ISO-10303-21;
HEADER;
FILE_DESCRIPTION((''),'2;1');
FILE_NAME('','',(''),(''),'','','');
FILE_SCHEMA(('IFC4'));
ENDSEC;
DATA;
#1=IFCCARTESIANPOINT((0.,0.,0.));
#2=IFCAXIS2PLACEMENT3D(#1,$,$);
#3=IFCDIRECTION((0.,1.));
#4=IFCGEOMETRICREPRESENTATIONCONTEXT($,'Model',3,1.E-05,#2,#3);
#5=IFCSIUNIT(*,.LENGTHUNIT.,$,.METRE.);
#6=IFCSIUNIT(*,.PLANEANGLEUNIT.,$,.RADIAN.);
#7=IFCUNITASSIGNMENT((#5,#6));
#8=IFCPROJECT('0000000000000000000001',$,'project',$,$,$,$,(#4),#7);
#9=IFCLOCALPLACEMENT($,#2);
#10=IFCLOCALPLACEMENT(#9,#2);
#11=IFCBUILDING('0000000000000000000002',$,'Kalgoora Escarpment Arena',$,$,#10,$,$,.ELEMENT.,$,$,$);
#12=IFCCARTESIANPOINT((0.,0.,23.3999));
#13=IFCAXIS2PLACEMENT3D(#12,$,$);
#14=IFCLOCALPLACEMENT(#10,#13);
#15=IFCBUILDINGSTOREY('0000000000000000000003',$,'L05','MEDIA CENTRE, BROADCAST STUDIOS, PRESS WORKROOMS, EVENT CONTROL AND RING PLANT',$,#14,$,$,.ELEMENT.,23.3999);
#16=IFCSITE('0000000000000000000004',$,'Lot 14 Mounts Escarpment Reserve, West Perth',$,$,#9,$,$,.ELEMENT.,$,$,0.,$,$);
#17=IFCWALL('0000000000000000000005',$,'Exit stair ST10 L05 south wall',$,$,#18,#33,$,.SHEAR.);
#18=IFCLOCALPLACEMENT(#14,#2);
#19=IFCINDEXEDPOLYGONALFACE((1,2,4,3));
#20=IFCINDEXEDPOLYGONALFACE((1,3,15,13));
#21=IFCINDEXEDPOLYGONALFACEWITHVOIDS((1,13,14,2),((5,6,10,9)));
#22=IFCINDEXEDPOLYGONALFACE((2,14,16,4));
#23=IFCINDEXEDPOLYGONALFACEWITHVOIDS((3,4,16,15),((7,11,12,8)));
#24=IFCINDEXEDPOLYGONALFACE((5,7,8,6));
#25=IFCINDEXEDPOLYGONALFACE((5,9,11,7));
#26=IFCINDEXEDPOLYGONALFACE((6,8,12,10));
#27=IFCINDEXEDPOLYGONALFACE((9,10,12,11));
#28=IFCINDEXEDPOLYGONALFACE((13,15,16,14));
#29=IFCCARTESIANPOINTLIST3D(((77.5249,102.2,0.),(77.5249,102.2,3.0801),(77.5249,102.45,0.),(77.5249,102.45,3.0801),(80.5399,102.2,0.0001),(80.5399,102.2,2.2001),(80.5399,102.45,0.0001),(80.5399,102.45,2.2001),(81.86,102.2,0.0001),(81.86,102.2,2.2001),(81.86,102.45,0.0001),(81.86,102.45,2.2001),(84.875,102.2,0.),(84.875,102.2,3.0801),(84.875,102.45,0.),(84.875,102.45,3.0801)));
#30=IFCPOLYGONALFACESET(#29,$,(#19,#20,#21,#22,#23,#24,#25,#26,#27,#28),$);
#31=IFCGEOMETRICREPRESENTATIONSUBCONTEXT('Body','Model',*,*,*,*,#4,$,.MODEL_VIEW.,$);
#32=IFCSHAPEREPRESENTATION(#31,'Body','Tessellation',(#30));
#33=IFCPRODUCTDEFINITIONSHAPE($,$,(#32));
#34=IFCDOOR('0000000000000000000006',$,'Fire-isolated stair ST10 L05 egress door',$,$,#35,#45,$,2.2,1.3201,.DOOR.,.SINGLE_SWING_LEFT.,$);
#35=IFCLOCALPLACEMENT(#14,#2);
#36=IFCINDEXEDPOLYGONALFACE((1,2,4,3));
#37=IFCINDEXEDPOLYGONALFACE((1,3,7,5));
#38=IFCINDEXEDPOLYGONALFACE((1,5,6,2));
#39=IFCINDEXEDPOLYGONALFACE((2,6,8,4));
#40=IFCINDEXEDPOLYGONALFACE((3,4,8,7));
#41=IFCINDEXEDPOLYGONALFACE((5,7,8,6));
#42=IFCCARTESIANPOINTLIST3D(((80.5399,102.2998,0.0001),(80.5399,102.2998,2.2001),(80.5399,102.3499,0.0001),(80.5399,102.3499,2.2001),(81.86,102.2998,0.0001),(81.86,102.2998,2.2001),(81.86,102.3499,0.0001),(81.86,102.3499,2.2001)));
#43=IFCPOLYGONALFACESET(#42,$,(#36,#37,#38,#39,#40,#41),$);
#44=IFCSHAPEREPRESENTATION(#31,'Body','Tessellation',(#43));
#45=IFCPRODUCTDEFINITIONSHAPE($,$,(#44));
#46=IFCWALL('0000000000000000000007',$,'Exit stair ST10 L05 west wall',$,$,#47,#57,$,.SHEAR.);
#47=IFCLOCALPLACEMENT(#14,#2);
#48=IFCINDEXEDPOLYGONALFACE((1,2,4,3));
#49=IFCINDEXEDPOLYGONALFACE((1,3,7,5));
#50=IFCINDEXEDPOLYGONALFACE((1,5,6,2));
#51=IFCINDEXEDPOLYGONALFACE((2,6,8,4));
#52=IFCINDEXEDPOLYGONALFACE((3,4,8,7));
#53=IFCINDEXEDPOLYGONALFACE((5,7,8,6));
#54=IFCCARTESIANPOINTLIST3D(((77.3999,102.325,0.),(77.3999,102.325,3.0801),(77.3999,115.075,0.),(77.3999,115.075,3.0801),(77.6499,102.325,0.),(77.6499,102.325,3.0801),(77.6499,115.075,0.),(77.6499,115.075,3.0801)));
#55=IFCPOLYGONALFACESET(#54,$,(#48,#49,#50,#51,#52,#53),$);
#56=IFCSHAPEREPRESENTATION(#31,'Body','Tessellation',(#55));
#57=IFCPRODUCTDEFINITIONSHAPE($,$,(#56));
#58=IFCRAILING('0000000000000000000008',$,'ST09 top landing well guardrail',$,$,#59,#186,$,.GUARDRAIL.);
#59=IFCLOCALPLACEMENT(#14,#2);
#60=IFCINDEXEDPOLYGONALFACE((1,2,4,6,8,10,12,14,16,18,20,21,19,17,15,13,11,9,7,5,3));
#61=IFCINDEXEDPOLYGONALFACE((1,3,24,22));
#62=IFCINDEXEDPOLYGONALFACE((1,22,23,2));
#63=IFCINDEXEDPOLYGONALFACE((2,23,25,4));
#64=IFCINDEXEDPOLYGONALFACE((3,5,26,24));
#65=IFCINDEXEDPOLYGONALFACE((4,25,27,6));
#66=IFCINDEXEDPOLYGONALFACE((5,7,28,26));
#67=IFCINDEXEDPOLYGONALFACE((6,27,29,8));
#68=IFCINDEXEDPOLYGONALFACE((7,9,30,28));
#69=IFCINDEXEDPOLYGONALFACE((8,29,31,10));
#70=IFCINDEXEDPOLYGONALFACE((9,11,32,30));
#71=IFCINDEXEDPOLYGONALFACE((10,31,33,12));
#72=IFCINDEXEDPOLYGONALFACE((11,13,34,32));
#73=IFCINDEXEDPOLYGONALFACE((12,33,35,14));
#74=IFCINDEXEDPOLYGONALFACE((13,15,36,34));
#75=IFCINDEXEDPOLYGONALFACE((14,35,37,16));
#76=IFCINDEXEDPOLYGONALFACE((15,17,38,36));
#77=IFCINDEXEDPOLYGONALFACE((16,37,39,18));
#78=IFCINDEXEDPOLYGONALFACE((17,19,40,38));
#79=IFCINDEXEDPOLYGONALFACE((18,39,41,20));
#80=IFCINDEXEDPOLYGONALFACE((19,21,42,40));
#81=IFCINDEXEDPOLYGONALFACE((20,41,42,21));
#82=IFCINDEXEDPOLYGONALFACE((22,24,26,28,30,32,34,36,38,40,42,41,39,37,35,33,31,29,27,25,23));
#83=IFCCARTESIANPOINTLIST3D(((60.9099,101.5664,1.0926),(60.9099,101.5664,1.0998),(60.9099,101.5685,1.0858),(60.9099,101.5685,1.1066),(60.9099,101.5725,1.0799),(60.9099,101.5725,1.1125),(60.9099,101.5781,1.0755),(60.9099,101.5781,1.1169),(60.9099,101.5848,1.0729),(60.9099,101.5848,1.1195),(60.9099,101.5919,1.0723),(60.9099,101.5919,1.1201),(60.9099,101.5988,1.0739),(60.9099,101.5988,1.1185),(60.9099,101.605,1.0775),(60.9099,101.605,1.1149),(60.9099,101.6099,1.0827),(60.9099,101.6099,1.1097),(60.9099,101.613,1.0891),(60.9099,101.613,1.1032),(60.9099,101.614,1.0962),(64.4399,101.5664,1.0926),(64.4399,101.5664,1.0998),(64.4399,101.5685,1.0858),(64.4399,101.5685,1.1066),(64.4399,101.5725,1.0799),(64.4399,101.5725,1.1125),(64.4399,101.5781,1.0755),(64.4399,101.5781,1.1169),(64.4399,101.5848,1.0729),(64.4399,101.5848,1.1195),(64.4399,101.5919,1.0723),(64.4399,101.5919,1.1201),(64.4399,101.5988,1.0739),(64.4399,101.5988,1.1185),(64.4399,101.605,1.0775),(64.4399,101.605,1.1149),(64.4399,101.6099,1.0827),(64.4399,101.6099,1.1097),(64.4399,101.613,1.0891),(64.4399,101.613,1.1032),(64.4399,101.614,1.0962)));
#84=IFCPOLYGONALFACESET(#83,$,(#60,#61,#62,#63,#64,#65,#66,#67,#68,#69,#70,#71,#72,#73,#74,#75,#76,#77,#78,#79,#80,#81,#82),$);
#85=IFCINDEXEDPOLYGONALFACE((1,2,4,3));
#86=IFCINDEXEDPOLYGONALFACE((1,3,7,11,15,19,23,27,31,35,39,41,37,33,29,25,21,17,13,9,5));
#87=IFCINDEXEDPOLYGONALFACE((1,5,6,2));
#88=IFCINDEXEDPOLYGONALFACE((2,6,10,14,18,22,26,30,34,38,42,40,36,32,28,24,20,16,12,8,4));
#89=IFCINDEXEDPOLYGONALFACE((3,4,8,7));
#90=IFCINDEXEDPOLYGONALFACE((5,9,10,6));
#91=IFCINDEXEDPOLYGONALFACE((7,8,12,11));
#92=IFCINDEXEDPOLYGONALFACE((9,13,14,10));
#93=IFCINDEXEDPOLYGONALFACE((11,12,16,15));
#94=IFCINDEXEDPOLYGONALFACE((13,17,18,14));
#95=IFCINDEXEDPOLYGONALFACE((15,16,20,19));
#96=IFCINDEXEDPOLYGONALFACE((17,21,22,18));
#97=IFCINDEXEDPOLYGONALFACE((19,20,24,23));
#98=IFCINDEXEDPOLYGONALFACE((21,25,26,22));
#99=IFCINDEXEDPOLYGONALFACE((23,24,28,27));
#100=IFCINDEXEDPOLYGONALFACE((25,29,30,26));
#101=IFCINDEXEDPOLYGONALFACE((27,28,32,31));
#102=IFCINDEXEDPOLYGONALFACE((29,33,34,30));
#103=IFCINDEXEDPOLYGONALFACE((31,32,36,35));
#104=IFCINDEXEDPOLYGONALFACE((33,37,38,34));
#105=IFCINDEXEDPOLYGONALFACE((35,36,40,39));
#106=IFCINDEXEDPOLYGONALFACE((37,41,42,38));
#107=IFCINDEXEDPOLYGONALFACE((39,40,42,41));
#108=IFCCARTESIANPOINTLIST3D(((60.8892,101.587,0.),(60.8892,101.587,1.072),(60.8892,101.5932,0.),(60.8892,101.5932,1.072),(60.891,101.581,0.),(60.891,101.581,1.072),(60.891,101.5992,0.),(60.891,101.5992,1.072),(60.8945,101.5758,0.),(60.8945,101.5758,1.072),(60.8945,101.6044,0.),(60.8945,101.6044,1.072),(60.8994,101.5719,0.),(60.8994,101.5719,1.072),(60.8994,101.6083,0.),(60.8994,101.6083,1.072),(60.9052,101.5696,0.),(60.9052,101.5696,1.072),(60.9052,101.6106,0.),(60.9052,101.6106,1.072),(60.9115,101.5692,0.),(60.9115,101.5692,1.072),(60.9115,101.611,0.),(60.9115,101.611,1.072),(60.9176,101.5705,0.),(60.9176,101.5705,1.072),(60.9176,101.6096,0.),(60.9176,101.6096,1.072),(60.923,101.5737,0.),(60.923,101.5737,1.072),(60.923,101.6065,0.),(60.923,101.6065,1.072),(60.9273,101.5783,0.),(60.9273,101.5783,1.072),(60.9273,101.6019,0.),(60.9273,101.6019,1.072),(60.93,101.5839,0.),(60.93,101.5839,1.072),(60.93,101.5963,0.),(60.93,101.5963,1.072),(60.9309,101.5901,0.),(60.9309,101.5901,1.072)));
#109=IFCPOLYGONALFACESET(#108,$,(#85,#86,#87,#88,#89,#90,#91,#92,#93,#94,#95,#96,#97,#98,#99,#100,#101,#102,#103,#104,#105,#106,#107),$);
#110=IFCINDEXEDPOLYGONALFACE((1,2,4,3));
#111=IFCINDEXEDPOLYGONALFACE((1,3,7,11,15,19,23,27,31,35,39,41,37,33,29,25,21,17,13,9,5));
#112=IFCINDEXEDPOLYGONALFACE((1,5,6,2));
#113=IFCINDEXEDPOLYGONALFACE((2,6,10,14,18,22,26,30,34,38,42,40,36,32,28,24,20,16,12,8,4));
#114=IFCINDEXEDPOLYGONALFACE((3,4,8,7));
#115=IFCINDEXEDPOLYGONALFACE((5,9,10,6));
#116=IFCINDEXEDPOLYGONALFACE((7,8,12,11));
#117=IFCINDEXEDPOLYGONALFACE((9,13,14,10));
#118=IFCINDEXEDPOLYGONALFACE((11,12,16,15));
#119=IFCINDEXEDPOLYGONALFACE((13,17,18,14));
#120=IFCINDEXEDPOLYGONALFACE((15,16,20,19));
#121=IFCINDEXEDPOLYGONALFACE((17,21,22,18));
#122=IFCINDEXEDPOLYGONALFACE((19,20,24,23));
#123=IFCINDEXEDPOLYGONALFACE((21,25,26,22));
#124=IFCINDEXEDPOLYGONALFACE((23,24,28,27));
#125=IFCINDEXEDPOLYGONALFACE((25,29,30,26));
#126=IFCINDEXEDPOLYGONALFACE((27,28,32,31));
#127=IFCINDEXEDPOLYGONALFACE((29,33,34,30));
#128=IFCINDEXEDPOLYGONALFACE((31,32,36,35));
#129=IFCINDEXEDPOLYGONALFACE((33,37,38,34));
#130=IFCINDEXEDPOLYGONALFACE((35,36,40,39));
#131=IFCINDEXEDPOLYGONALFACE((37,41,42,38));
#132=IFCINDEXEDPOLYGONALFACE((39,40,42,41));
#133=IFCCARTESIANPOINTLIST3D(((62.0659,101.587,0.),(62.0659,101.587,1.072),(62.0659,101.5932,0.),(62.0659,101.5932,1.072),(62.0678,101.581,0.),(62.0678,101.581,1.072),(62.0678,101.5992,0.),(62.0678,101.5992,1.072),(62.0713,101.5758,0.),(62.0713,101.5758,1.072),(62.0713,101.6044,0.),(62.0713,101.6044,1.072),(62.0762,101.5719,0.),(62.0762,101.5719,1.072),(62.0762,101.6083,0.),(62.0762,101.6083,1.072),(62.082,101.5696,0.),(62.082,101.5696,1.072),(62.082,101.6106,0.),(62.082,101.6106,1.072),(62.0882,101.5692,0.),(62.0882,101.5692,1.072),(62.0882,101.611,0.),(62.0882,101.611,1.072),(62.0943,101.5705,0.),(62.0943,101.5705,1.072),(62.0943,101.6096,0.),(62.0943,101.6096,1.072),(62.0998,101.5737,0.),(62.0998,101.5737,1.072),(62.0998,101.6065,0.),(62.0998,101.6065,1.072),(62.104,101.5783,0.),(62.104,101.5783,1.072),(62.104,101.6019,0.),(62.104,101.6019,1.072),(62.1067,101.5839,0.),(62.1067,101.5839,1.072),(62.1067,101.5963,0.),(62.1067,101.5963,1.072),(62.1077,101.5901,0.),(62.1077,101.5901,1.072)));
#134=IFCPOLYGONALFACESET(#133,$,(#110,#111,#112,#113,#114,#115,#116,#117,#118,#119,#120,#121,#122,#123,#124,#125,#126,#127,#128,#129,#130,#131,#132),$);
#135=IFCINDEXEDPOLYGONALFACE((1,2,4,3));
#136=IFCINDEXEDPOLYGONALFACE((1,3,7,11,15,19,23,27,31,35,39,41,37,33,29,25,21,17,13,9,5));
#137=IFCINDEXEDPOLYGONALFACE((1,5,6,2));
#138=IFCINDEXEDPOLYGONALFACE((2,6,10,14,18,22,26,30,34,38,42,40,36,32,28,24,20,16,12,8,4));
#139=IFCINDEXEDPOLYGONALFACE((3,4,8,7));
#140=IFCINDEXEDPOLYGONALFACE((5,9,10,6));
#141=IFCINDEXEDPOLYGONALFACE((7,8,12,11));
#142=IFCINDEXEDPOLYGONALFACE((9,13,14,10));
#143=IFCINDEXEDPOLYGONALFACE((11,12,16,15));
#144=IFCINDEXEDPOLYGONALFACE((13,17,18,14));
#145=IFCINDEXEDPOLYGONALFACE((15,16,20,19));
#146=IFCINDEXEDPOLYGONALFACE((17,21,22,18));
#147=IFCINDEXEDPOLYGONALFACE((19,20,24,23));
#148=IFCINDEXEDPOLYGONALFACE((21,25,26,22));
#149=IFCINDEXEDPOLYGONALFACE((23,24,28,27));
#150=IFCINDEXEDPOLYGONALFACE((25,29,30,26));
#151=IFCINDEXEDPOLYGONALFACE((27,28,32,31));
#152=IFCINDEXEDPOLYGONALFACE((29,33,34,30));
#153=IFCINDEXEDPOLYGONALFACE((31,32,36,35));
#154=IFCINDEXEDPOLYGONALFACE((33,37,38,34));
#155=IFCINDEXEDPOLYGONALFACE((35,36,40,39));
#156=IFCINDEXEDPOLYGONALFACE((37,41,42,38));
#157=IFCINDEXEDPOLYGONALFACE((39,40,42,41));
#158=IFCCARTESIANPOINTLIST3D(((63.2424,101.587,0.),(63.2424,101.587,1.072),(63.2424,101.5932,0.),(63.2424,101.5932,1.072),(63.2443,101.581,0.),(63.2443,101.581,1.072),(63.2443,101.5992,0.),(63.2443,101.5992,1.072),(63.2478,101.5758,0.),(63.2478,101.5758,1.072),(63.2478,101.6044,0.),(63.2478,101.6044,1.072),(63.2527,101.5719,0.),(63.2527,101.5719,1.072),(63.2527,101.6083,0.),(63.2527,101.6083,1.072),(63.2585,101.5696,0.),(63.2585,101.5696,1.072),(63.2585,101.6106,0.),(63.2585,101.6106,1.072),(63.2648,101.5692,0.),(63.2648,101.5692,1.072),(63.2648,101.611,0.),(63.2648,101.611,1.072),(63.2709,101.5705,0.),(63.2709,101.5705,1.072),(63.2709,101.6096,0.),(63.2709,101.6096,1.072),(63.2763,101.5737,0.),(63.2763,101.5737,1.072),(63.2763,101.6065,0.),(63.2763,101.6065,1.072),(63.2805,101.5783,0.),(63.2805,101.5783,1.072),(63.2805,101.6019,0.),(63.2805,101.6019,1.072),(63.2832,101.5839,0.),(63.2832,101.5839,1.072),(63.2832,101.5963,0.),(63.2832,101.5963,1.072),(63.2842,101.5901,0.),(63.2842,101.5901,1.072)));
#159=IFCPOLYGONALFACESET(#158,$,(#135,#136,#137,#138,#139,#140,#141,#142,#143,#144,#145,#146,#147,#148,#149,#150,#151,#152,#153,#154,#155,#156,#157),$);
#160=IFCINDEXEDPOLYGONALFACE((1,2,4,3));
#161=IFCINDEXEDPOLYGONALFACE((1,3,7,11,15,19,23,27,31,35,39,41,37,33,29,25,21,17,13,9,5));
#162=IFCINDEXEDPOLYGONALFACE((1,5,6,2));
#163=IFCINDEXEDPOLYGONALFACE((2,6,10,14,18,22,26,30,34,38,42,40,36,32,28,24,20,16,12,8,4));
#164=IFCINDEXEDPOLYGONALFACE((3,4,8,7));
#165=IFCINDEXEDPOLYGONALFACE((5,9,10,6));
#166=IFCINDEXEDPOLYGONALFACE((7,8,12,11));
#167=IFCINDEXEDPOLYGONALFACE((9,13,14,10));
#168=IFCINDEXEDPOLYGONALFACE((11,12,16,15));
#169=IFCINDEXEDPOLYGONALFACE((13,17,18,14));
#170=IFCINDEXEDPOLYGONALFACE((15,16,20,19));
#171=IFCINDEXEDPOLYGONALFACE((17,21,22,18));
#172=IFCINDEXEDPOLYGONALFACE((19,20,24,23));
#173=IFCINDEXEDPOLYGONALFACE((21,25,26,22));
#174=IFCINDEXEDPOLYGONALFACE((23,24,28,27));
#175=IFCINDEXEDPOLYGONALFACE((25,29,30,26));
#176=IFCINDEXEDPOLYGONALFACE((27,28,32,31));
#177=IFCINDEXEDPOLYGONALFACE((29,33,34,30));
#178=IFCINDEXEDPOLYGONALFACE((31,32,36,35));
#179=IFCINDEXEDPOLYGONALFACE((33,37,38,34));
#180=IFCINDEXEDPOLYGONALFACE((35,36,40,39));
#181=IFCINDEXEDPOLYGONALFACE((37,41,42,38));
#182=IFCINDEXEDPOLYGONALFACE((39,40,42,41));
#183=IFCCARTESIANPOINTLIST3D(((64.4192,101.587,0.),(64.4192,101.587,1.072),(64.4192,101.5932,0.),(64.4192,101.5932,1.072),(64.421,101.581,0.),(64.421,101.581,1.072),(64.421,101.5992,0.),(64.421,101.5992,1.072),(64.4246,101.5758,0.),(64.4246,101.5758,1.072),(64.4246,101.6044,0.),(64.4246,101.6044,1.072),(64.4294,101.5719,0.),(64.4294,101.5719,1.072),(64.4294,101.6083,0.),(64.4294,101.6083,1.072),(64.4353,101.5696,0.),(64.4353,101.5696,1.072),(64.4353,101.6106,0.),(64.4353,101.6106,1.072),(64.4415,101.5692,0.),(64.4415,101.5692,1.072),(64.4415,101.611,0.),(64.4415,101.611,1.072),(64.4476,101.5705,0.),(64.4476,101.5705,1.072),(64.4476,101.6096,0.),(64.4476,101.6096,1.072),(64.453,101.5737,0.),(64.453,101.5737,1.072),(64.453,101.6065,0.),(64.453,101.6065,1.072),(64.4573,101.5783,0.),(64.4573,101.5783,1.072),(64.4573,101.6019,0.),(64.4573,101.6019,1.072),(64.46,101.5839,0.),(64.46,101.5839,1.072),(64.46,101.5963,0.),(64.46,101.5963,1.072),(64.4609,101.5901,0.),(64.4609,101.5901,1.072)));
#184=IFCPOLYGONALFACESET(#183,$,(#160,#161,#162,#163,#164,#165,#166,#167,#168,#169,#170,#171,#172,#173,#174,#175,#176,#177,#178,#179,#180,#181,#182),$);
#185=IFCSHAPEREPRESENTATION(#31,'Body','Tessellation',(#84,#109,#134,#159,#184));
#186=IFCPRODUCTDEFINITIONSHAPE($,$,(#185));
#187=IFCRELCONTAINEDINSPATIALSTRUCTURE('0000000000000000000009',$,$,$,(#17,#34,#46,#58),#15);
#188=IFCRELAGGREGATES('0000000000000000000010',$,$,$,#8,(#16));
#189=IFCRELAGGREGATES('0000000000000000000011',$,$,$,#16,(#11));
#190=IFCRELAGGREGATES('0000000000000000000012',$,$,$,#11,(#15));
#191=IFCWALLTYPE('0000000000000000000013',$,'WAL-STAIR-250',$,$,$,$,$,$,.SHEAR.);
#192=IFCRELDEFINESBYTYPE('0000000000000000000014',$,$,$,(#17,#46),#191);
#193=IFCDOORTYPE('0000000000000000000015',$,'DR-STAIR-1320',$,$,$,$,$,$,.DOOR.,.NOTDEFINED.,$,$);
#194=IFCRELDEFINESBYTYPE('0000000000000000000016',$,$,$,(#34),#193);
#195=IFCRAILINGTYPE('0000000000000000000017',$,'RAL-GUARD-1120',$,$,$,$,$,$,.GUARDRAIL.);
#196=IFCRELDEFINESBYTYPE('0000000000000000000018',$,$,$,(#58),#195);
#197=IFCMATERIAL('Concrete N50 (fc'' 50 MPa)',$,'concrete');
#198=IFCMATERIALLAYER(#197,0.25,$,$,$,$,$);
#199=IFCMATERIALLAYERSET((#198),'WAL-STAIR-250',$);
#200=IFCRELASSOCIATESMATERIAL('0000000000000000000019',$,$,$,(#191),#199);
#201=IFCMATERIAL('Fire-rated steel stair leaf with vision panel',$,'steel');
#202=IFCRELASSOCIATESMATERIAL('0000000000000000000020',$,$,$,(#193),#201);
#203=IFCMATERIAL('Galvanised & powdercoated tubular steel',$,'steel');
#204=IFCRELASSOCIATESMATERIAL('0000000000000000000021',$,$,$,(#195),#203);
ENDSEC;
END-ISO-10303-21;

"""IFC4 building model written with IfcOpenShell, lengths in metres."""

from ifc_helpers import new_model, si_unit, direction, frame, frame_2d, origin, origin_2d, place, context, subcontext, project, spatial, rectangle, circle, extrude, material, layer, layer_set, type_object, element, fill, save


model = new_model("IFC4")

# Units and contexts
model_context = context("Model", 3, precision=1e-05, world=origin(), true_north=direction((0.0, 1.0)))
body_context = subcontext(model_context, "Body", "Model", "MODEL_VIEW")
ifc_project = project(units=[si_unit("LENGTHUNIT", "METRE"), si_unit("PLANEANGLEUNIT", "RADIAN")], contexts=[model_context])

# Site, building, storey
site_placement = place(None, origin())
site = spatial("IfcSite", under=ifc_project, at=site_placement, Name="Lot 14 Mounts Escarpment Reserve, West Perth", CompositionType="ELEMENT", RefElevation=0.0)
building_placement = place(site_placement, origin())
building = spatial("IfcBuilding", under=site, at=building_placement, Name="Kalgoora Escarpment Arena", CompositionType="ELEMENT")
storey_placement = place(building_placement, frame((0.0, 0.0, 23.3999)))
storey = spatial("IfcBuildingStorey", under=building, at=storey_placement, Name="L05", Description="MEDIA CENTRE, BROADCAST STUDIOS, PRESS WORKROOMS, EVENT CONTROL AND RING PLANT", CompositionType="ELEMENT", Elevation=23.3999)

# Shared definitions
ifc_material_1 = material(Name="Concrete N50 (fc' 50 MPa)", Category="concrete")
ifc_layer_1 = layer(ifc_material_1, 0.25)
ifc_layer_set_1 = layer_set([ifc_layer_1], Name="WAL-STAIR-250")
wall_type_1 = type_object("IfcWallType", Name="WAL-STAIR-250", PredefinedType="SHEAR", material=ifc_layer_set_1)

# Wall, opening, door
wall_1_placement = place(storey_placement, frame((77.5249, 102.325, 0.0), z_axis=(0.0, 0.0, 1.0), x_axis=(1.0, 0.0, 0.0)))
wall_1 = element("IfcWall", 1, at=wall_1_placement, inside=storey, type_object=wall_type_1, Name="Exit stair ST10 L05 south wall", PredefinedType="SHEAR", context=body_context, shape_type="SweptSolid", body=[
    extrude(rectangle(XDim=7.3501, YDim=0.25, at=frame_2d((3.675, 0.0))), origin(), (0.0, 0.0, 1.0), 3.0801),
])
opening_1_placement = place(wall_1_placement, frame((3.0149, 0.0, 0.0)))
opening_1 = element("IfcOpeningElement", 2, at=opening_1_placement, cuts=wall_1, PredefinedType="OPENING", context=body_context, shape_type="SweptSolid", body=[
    extrude(rectangle(XDim=1.3201, YDim=2.2, at=frame_2d((0.6602, 1.1001))), frame((0.0, 0.135, 0.0), z_axis=(0.0, -1.0, 0.0), x_axis=(1.0, 0.0, 0.0)), (0.0, 0.0, 1.0), 0.27),
])
ifc_material_2 = material(Name="Fire-rated steel stair leaf with vision panel", Category="steel")
door_type_1 = type_object("IfcDoorType", Name="DR-STAIR-1320", OperationType="NOTDEFINED", PredefinedType="DOOR", material=ifc_material_2)
door_1_placement = place(opening_1_placement, origin())
door_1 = element("IfcDoor", 3, at=door_1_placement, inside=storey, type_object=door_type_1, Name="Fire-isolated stair ST10 L05 egress door", OperationType="SINGLE_SWING_LEFT", OverallHeight=2.2, OverallWidth=1.3201, PredefinedType="DOOR", context=body_context, shape_type="SweptSolid", body=[
    extrude(rectangle(XDim=1.3201, YDim=2.2, at=frame_2d((0.6602, 1.1001))), frame((0.0, 0.0249, 0.0), z_axis=(0.0, -1.0, 0.0), x_axis=(1.0, 0.0, 0.0)), (0.0, 0.0, 1.0), 0.05),
])
fill(opening_1, door_1)

# Wall
wall_2_placement = place(storey_placement, frame((77.5249, 102.325, 0.0), z_axis=(0.0, 0.0, 1.0), x_axis=(0.0, 1.0, 0.0)))
element("IfcWall", 4, at=wall_2_placement, inside=storey, type_object=wall_type_1, Name="Exit stair ST10 L05 west wall", PredefinedType="SHEAR", context=body_context, shape_type="SweptSolid", body=[
    extrude(rectangle(XDim=12.75, YDim=0.25, at=frame_2d((6.375, 0.0))), origin(), (0.0, 0.0, 1.0), 3.0801),
])

# Railing
ifc_material_3 = material(Name="Galvanised & powdercoated tubular steel", Category="steel")
railing_type = type_object("IfcRailingType", Name="RAL-GUARD-1120", PredefinedType="GUARDRAIL", material=ifc_material_3)
railing_placement = place(storey_placement, frame((60.9099, 101.5901, 0.0)))
element("IfcRailing", 5, at=railing_placement, inside=storey, type_object=railing_type, Name="ST09 top landing well guardrail", PredefinedType="GUARDRAIL", context=body_context, shape_type="SweptSolid", body=[
    extrude(circle(Radius=0.0239, at=origin_2d()), frame((0.0, 0.0, 1.0962), z_axis=(1.0, 0.0, 0.0), x_axis=(0.0, 1.0, 0.0)), (0.0, 0.0, 1.0), 3.53),
    extrude(circle(Radius=0.021, at=origin_2d()), origin(), (0.0, 0.0, 1.0), 1.072),
    extrude(circle(Radius=0.021, at=origin_2d()), frame((1.1768, 0.0, 0.0)), (0.0, 0.0, 1.0), 1.072),
    extrude(circle(Radius=0.021, at=origin_2d()), frame((2.3533, 0.0, 0.0)), (0.0, 0.0, 1.0), 1.072),
    extrude(circle(Radius=0.021, at=origin_2d()), frame((3.53, 0.0, 0.0)), (0.0, 0.0, 1.0), 1.072),
])

save(model, "model.ifc")
